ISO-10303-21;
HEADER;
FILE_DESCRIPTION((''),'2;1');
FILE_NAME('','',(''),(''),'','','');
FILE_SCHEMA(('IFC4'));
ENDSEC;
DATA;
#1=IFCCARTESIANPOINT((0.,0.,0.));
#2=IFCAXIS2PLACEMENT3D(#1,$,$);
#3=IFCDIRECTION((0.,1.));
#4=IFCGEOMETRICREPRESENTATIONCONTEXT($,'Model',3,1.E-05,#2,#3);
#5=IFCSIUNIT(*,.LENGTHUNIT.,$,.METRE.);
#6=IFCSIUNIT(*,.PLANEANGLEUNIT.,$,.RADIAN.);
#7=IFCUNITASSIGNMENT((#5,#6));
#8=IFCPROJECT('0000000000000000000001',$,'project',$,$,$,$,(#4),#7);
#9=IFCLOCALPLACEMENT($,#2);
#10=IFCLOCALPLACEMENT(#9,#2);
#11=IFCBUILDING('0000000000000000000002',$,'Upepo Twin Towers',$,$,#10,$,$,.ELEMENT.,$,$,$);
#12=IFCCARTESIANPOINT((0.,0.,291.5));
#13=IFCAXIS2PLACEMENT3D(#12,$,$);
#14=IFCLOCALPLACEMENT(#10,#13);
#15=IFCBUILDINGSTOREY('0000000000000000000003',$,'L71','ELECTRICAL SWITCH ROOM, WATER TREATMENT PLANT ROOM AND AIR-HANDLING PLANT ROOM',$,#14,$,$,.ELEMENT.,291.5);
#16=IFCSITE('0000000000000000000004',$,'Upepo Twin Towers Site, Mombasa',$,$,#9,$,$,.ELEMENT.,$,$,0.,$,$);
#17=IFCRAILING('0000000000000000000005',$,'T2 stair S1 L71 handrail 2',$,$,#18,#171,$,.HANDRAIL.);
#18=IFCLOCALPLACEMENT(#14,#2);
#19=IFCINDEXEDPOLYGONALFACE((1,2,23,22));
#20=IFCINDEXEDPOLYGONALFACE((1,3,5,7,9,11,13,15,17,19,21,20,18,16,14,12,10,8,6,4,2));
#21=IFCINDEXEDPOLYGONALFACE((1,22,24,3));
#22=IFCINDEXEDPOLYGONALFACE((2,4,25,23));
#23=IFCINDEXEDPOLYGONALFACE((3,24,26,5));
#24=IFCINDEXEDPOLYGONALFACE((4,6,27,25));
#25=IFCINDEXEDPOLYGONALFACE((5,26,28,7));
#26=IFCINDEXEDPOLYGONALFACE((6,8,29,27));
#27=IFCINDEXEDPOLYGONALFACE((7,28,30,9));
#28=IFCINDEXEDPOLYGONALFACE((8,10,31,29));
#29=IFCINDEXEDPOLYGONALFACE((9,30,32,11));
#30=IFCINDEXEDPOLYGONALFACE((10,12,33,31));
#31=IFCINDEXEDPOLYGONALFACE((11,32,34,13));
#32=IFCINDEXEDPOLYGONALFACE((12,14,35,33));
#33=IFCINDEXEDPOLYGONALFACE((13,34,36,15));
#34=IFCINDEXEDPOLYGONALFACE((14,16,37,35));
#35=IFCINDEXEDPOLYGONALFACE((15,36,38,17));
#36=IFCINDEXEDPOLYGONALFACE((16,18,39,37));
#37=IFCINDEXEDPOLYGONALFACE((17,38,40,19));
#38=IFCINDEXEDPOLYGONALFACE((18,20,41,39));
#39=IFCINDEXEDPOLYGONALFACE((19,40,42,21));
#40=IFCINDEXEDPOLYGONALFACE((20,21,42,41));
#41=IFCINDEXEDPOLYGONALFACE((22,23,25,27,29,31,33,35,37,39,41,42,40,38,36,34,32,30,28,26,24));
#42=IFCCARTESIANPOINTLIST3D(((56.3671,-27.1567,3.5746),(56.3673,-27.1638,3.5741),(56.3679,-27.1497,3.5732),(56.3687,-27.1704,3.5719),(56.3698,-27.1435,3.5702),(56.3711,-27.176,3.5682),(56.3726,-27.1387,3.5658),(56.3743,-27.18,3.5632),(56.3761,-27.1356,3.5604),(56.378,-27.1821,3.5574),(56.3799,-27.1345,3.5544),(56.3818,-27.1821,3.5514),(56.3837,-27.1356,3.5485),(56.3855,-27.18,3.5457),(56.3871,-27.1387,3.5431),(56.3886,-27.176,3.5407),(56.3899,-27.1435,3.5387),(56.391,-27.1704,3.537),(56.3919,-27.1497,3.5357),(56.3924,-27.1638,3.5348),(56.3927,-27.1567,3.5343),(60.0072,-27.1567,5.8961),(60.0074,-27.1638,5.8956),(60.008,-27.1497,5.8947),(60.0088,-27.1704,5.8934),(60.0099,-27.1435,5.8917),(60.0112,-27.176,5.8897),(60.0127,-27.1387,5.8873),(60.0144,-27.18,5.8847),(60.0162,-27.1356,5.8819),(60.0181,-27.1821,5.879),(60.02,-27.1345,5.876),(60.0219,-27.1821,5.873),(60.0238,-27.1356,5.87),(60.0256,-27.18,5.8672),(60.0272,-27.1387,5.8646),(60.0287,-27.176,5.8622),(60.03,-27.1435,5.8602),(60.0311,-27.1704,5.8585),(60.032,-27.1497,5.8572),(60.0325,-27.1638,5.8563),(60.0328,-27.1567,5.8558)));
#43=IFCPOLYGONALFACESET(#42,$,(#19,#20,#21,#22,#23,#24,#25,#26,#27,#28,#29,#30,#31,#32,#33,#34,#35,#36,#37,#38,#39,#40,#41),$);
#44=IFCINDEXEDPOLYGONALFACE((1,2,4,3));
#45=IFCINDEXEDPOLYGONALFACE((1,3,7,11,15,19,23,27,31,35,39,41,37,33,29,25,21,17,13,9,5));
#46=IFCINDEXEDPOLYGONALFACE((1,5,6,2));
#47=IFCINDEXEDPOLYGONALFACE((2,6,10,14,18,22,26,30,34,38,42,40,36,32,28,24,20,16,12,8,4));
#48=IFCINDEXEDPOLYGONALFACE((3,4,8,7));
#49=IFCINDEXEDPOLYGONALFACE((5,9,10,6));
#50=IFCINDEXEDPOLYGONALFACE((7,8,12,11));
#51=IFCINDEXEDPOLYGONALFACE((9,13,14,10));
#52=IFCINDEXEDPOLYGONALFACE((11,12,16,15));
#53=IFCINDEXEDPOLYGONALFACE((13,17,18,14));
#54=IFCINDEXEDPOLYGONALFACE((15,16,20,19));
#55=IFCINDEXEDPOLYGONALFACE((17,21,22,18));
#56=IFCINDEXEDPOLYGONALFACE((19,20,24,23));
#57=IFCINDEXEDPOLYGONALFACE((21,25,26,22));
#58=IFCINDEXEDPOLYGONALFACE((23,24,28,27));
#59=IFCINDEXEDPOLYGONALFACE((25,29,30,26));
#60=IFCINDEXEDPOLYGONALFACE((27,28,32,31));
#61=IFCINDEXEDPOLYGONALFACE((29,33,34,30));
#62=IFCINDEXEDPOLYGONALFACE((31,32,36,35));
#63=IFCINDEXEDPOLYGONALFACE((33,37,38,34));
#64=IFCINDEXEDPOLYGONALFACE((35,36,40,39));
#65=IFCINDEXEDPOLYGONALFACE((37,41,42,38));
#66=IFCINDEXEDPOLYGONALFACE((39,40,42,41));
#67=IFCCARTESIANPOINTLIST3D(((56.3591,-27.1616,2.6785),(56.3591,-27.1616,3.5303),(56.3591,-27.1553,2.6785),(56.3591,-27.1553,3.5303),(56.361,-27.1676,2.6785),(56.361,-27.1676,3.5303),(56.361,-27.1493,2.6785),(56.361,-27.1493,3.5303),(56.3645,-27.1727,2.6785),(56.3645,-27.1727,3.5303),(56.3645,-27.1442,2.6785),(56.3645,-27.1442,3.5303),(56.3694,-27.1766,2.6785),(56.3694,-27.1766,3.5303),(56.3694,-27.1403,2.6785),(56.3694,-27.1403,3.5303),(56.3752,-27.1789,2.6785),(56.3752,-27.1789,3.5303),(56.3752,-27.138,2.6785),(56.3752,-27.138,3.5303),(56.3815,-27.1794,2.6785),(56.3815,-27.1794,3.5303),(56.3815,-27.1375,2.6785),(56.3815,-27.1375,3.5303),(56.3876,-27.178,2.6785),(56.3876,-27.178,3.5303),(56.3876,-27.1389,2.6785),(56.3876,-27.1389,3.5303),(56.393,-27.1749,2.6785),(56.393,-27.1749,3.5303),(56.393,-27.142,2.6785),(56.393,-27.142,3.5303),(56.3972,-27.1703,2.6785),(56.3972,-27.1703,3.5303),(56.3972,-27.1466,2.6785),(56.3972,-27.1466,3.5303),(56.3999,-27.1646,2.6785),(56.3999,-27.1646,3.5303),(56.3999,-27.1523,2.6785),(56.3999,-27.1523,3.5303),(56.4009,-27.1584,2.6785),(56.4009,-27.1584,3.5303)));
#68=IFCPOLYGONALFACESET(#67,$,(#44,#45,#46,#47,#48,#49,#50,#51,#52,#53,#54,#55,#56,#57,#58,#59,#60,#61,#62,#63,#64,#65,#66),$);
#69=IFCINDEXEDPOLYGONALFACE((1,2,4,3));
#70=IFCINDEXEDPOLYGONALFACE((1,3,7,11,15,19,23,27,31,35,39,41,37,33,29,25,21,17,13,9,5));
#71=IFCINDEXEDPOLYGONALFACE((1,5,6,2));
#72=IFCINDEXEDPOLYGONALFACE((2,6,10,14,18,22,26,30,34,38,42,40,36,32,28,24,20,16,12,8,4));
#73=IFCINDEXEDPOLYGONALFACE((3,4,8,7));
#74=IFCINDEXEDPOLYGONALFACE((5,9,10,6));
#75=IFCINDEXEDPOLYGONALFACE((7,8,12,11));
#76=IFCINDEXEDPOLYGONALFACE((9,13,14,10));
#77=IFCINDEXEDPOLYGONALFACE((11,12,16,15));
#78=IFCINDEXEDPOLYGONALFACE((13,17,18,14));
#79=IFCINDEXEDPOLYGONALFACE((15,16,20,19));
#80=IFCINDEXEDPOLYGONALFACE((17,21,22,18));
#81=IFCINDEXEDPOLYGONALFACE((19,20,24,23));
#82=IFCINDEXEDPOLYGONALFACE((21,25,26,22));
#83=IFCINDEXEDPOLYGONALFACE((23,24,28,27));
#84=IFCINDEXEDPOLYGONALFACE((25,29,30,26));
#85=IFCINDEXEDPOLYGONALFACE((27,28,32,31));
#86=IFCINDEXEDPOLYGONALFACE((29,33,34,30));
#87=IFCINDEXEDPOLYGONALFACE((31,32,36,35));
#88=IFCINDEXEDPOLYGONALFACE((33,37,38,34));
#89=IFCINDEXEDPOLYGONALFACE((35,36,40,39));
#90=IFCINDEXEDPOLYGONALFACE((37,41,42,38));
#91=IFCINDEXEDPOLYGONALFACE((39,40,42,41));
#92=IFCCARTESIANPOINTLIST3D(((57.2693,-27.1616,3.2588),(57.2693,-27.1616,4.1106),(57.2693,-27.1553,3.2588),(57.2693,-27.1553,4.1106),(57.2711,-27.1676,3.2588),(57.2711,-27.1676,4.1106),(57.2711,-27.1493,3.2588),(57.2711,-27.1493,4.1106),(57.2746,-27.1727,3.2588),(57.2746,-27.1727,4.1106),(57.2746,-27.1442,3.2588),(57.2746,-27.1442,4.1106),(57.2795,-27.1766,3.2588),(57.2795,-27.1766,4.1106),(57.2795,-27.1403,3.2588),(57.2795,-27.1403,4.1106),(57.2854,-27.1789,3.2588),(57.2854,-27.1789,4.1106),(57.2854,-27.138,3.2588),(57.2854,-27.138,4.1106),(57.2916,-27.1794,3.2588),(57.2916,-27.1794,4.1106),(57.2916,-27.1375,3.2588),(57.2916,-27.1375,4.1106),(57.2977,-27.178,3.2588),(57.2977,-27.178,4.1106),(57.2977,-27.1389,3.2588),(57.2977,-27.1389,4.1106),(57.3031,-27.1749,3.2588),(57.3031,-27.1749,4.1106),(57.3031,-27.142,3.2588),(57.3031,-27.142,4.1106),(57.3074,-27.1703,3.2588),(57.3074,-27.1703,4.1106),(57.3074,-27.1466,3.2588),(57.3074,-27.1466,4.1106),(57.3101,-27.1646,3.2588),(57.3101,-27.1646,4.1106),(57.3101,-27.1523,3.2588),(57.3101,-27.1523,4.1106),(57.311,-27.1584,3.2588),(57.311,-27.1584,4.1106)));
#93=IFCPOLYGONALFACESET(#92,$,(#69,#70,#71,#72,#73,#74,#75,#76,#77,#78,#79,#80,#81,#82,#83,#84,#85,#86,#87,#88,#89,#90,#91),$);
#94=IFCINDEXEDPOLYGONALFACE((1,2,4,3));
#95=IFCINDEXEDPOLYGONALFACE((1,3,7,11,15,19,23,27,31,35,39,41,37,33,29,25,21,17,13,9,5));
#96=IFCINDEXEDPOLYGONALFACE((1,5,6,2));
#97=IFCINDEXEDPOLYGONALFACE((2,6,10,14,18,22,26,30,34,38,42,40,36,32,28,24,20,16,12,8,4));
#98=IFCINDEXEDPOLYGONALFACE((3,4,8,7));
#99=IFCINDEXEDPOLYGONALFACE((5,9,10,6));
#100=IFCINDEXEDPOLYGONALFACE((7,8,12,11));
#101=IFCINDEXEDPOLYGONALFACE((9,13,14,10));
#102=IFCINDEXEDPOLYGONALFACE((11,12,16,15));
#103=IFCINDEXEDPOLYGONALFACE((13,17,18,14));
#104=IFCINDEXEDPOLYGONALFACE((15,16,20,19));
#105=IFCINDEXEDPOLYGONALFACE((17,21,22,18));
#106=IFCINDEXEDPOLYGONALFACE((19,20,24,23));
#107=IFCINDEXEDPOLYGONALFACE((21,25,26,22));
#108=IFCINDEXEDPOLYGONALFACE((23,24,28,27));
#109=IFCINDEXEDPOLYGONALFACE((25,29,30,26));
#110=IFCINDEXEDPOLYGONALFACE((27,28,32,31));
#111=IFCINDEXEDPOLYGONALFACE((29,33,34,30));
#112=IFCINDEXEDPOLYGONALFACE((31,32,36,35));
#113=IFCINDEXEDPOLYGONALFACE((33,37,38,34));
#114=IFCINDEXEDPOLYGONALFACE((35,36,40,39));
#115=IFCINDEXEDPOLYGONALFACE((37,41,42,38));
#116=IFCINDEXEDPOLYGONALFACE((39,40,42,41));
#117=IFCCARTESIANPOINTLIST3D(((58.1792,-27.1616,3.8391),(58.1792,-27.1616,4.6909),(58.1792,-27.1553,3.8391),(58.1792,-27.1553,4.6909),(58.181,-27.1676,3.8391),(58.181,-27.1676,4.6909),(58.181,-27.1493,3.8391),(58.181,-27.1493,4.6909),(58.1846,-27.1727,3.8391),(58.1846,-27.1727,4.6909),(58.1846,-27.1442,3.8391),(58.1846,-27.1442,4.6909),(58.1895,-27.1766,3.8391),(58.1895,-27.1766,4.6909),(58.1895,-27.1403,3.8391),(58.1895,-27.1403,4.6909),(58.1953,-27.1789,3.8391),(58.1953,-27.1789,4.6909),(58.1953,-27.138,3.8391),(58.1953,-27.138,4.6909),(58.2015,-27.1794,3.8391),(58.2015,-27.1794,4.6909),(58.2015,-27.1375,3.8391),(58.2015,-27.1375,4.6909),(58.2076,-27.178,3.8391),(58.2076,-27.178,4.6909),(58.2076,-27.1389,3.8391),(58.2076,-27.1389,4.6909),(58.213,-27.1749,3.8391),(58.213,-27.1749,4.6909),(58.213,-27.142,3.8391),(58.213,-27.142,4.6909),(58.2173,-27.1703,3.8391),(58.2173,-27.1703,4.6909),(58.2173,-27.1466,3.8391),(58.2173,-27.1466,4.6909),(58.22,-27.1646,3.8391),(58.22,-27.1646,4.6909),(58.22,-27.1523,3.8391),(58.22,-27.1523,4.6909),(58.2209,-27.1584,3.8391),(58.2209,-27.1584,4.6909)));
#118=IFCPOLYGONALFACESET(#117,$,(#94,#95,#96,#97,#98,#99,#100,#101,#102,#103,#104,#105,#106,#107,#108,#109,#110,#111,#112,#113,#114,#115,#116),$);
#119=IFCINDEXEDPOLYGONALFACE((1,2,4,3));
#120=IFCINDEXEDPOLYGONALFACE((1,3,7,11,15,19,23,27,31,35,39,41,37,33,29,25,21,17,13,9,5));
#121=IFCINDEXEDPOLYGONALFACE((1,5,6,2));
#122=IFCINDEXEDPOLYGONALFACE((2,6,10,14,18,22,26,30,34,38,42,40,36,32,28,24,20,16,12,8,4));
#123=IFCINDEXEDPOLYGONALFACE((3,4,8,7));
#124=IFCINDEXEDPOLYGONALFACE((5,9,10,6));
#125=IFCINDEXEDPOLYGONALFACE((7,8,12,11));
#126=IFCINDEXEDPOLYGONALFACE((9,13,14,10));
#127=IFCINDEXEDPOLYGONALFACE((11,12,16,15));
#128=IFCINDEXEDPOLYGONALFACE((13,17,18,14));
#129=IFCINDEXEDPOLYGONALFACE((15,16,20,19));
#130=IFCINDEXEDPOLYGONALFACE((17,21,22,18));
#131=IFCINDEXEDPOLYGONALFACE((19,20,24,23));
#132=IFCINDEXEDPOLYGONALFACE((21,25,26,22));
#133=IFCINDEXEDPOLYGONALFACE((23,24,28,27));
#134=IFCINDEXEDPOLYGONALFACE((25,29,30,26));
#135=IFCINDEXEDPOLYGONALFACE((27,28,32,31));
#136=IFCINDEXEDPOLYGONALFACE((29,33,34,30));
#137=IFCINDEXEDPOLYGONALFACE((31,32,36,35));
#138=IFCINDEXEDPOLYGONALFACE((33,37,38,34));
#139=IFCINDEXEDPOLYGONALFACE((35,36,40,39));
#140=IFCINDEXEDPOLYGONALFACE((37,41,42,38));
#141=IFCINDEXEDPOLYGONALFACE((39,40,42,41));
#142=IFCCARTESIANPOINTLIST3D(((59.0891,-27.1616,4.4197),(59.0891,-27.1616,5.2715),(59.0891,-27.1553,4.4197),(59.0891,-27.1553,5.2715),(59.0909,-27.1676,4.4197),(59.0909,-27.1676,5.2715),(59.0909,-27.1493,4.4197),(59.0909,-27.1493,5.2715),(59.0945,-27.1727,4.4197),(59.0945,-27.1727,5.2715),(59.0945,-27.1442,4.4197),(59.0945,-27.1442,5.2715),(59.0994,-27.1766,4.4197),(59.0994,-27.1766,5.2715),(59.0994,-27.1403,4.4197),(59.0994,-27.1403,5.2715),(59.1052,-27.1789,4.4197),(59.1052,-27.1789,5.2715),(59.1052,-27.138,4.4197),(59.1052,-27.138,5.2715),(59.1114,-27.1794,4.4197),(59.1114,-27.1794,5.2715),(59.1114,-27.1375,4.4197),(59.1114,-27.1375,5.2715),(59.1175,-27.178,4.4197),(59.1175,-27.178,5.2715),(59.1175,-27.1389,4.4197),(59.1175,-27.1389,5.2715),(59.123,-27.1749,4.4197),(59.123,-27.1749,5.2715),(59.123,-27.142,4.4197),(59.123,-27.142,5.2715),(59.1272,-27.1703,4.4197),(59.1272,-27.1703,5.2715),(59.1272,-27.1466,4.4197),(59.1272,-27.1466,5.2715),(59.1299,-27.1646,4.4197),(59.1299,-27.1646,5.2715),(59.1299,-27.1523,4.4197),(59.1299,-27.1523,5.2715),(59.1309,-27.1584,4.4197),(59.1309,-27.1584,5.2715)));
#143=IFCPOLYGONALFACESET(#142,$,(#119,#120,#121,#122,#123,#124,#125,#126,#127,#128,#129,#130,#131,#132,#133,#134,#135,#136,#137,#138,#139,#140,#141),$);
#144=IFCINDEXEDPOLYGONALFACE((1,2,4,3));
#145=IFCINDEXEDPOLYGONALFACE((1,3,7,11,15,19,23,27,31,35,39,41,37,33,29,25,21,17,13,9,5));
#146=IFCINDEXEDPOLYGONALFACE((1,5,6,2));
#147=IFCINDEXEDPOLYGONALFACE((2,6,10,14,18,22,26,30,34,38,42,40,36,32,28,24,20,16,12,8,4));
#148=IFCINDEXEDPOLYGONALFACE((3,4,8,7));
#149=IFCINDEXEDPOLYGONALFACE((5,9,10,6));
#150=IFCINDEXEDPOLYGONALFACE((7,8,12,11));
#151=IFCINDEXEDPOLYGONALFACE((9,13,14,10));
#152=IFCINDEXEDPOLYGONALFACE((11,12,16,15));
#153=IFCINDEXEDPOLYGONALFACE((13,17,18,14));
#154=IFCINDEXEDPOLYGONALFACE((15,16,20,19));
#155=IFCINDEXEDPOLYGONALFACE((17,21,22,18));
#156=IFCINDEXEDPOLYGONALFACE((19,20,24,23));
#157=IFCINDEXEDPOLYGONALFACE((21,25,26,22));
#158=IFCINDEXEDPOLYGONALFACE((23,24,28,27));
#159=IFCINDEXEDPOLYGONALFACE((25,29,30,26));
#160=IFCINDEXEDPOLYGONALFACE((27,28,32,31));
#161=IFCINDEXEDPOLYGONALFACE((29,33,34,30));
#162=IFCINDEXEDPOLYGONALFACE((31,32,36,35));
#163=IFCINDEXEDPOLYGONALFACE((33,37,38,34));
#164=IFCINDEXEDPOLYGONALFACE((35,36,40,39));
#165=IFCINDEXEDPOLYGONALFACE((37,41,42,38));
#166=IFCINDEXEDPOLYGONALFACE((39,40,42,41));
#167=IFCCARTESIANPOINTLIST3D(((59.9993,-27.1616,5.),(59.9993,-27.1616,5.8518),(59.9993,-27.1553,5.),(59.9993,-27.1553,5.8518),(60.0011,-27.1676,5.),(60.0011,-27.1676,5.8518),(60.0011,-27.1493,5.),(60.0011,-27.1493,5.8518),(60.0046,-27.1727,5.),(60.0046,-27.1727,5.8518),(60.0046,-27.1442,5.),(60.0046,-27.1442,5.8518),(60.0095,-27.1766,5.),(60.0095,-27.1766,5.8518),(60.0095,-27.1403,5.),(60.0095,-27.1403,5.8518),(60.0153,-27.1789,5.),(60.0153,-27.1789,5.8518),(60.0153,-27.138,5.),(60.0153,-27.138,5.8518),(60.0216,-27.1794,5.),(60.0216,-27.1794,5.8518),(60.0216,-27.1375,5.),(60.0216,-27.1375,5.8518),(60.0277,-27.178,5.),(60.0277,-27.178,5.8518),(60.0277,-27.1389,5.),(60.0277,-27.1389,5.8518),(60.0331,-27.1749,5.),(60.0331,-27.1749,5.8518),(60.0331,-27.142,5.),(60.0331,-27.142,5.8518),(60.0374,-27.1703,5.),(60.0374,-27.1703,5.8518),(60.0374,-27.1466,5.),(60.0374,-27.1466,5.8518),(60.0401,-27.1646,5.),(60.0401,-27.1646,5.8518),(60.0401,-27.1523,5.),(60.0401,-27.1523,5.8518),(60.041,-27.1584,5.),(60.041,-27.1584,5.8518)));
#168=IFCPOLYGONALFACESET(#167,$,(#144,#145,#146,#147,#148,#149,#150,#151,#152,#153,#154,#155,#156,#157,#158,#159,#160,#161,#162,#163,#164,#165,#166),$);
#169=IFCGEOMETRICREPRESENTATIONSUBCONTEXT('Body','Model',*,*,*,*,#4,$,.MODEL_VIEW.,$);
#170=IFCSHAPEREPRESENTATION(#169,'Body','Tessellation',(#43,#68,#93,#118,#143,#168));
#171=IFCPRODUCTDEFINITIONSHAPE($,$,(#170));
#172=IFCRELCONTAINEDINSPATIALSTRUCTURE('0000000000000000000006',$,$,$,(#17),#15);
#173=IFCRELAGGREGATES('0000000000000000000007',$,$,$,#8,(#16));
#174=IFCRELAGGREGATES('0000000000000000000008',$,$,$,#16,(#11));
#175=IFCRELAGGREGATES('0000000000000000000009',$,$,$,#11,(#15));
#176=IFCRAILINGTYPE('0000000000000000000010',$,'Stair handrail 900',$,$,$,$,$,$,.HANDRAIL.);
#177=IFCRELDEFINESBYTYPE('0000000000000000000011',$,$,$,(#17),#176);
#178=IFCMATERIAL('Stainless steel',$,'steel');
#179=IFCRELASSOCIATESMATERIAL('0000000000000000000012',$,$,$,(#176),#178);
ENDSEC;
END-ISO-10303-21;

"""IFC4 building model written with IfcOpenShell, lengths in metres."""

from ifc_helpers import new_model, si_unit, direction, frame, origin, origin_2d, place, context, subcontext, project, spatial, circle, extrude, material, type_object, element, save


model = new_model("IFC4")

# Units and contexts
model_context = context("Model", 3, precision=1e-05, world=origin(), true_north=direction((0.0, 1.0)))
body_context = subcontext(model_context, "Body", "Model", "MODEL_VIEW")
ifc_project = project(units=[si_unit("LENGTHUNIT", "METRE"), si_unit("PLANEANGLEUNIT", "RADIAN")], contexts=[model_context])

# Site, building, storey
site_placement = place(None, origin())
site = spatial("IfcSite", under=ifc_project, at=site_placement, Name="Upepo Twin Towers Site, Mombasa", CompositionType="ELEMENT", RefElevation=0.0)
building_placement = place(site_placement, origin())
building = spatial("IfcBuilding", under=site, at=building_placement, Name="Upepo Twin Towers", CompositionType="ELEMENT")
storey_placement = place(building_placement, frame((0.0, 0.0, 291.5)))
storey = spatial("IfcBuildingStorey", under=building, at=storey_placement, Name="L71", Description="ELECTRICAL SWITCH ROOM, WATER TREATMENT PLANT ROOM AND AIR-HANDLING PLANT ROOM", CompositionType="ELEMENT", Elevation=291.5)

# Railing
ifc_material_1 = material(Name="Stainless steel", Category="steel")
railing_type_1 = type_object("IfcRailingType", Name="Stair handrail 900", PredefinedType="HANDRAIL", material=ifc_material_1)
railing_1_placement = place(storey_placement, frame((56.3799, -27.1584, 2.6785)))
element("IfcRailing", 1, at=railing_1_placement, inside=storey, type_object=railing_type_1, Name="T2 stair S1 L71 handrail 2", PredefinedType="HANDRAIL", context=body_context, shape_type="SweptSolid", body=[
    extrude(circle(Radius=0.0239, at=origin_2d()), frame((0.0, 0.0, 0.876), z_axis=(0.843128, 0.0, 0.537713), x_axis=(0.0, 1.0, 0.0)), (0.0, 0.0, 1.0), 4.3174),
    extrude(circle(Radius=0.021, at=origin_2d()), origin(), (0.0, 0.0, 1.0), 0.8518),
    extrude(circle(Radius=0.021, at=origin_2d()), frame((0.9102, 0.0, 0.5803)), (0.0, 0.0, 1.0), 0.8518),
    extrude(circle(Radius=0.021, at=origin_2d()), frame((1.8201, 0.0, 1.1606)), (0.0, 0.0, 1.0), 0.8518),
    extrude(circle(Radius=0.021, at=origin_2d()), frame((2.73, 0.0, 1.7412)), (0.0, 0.0, 1.0), 0.8518),
    extrude(circle(Radius=0.021, at=origin_2d()), frame((3.6401, 0.0, 2.3215)), (0.0, 0.0, 1.0), 0.8518),
])

save(model, "model.ifc")
